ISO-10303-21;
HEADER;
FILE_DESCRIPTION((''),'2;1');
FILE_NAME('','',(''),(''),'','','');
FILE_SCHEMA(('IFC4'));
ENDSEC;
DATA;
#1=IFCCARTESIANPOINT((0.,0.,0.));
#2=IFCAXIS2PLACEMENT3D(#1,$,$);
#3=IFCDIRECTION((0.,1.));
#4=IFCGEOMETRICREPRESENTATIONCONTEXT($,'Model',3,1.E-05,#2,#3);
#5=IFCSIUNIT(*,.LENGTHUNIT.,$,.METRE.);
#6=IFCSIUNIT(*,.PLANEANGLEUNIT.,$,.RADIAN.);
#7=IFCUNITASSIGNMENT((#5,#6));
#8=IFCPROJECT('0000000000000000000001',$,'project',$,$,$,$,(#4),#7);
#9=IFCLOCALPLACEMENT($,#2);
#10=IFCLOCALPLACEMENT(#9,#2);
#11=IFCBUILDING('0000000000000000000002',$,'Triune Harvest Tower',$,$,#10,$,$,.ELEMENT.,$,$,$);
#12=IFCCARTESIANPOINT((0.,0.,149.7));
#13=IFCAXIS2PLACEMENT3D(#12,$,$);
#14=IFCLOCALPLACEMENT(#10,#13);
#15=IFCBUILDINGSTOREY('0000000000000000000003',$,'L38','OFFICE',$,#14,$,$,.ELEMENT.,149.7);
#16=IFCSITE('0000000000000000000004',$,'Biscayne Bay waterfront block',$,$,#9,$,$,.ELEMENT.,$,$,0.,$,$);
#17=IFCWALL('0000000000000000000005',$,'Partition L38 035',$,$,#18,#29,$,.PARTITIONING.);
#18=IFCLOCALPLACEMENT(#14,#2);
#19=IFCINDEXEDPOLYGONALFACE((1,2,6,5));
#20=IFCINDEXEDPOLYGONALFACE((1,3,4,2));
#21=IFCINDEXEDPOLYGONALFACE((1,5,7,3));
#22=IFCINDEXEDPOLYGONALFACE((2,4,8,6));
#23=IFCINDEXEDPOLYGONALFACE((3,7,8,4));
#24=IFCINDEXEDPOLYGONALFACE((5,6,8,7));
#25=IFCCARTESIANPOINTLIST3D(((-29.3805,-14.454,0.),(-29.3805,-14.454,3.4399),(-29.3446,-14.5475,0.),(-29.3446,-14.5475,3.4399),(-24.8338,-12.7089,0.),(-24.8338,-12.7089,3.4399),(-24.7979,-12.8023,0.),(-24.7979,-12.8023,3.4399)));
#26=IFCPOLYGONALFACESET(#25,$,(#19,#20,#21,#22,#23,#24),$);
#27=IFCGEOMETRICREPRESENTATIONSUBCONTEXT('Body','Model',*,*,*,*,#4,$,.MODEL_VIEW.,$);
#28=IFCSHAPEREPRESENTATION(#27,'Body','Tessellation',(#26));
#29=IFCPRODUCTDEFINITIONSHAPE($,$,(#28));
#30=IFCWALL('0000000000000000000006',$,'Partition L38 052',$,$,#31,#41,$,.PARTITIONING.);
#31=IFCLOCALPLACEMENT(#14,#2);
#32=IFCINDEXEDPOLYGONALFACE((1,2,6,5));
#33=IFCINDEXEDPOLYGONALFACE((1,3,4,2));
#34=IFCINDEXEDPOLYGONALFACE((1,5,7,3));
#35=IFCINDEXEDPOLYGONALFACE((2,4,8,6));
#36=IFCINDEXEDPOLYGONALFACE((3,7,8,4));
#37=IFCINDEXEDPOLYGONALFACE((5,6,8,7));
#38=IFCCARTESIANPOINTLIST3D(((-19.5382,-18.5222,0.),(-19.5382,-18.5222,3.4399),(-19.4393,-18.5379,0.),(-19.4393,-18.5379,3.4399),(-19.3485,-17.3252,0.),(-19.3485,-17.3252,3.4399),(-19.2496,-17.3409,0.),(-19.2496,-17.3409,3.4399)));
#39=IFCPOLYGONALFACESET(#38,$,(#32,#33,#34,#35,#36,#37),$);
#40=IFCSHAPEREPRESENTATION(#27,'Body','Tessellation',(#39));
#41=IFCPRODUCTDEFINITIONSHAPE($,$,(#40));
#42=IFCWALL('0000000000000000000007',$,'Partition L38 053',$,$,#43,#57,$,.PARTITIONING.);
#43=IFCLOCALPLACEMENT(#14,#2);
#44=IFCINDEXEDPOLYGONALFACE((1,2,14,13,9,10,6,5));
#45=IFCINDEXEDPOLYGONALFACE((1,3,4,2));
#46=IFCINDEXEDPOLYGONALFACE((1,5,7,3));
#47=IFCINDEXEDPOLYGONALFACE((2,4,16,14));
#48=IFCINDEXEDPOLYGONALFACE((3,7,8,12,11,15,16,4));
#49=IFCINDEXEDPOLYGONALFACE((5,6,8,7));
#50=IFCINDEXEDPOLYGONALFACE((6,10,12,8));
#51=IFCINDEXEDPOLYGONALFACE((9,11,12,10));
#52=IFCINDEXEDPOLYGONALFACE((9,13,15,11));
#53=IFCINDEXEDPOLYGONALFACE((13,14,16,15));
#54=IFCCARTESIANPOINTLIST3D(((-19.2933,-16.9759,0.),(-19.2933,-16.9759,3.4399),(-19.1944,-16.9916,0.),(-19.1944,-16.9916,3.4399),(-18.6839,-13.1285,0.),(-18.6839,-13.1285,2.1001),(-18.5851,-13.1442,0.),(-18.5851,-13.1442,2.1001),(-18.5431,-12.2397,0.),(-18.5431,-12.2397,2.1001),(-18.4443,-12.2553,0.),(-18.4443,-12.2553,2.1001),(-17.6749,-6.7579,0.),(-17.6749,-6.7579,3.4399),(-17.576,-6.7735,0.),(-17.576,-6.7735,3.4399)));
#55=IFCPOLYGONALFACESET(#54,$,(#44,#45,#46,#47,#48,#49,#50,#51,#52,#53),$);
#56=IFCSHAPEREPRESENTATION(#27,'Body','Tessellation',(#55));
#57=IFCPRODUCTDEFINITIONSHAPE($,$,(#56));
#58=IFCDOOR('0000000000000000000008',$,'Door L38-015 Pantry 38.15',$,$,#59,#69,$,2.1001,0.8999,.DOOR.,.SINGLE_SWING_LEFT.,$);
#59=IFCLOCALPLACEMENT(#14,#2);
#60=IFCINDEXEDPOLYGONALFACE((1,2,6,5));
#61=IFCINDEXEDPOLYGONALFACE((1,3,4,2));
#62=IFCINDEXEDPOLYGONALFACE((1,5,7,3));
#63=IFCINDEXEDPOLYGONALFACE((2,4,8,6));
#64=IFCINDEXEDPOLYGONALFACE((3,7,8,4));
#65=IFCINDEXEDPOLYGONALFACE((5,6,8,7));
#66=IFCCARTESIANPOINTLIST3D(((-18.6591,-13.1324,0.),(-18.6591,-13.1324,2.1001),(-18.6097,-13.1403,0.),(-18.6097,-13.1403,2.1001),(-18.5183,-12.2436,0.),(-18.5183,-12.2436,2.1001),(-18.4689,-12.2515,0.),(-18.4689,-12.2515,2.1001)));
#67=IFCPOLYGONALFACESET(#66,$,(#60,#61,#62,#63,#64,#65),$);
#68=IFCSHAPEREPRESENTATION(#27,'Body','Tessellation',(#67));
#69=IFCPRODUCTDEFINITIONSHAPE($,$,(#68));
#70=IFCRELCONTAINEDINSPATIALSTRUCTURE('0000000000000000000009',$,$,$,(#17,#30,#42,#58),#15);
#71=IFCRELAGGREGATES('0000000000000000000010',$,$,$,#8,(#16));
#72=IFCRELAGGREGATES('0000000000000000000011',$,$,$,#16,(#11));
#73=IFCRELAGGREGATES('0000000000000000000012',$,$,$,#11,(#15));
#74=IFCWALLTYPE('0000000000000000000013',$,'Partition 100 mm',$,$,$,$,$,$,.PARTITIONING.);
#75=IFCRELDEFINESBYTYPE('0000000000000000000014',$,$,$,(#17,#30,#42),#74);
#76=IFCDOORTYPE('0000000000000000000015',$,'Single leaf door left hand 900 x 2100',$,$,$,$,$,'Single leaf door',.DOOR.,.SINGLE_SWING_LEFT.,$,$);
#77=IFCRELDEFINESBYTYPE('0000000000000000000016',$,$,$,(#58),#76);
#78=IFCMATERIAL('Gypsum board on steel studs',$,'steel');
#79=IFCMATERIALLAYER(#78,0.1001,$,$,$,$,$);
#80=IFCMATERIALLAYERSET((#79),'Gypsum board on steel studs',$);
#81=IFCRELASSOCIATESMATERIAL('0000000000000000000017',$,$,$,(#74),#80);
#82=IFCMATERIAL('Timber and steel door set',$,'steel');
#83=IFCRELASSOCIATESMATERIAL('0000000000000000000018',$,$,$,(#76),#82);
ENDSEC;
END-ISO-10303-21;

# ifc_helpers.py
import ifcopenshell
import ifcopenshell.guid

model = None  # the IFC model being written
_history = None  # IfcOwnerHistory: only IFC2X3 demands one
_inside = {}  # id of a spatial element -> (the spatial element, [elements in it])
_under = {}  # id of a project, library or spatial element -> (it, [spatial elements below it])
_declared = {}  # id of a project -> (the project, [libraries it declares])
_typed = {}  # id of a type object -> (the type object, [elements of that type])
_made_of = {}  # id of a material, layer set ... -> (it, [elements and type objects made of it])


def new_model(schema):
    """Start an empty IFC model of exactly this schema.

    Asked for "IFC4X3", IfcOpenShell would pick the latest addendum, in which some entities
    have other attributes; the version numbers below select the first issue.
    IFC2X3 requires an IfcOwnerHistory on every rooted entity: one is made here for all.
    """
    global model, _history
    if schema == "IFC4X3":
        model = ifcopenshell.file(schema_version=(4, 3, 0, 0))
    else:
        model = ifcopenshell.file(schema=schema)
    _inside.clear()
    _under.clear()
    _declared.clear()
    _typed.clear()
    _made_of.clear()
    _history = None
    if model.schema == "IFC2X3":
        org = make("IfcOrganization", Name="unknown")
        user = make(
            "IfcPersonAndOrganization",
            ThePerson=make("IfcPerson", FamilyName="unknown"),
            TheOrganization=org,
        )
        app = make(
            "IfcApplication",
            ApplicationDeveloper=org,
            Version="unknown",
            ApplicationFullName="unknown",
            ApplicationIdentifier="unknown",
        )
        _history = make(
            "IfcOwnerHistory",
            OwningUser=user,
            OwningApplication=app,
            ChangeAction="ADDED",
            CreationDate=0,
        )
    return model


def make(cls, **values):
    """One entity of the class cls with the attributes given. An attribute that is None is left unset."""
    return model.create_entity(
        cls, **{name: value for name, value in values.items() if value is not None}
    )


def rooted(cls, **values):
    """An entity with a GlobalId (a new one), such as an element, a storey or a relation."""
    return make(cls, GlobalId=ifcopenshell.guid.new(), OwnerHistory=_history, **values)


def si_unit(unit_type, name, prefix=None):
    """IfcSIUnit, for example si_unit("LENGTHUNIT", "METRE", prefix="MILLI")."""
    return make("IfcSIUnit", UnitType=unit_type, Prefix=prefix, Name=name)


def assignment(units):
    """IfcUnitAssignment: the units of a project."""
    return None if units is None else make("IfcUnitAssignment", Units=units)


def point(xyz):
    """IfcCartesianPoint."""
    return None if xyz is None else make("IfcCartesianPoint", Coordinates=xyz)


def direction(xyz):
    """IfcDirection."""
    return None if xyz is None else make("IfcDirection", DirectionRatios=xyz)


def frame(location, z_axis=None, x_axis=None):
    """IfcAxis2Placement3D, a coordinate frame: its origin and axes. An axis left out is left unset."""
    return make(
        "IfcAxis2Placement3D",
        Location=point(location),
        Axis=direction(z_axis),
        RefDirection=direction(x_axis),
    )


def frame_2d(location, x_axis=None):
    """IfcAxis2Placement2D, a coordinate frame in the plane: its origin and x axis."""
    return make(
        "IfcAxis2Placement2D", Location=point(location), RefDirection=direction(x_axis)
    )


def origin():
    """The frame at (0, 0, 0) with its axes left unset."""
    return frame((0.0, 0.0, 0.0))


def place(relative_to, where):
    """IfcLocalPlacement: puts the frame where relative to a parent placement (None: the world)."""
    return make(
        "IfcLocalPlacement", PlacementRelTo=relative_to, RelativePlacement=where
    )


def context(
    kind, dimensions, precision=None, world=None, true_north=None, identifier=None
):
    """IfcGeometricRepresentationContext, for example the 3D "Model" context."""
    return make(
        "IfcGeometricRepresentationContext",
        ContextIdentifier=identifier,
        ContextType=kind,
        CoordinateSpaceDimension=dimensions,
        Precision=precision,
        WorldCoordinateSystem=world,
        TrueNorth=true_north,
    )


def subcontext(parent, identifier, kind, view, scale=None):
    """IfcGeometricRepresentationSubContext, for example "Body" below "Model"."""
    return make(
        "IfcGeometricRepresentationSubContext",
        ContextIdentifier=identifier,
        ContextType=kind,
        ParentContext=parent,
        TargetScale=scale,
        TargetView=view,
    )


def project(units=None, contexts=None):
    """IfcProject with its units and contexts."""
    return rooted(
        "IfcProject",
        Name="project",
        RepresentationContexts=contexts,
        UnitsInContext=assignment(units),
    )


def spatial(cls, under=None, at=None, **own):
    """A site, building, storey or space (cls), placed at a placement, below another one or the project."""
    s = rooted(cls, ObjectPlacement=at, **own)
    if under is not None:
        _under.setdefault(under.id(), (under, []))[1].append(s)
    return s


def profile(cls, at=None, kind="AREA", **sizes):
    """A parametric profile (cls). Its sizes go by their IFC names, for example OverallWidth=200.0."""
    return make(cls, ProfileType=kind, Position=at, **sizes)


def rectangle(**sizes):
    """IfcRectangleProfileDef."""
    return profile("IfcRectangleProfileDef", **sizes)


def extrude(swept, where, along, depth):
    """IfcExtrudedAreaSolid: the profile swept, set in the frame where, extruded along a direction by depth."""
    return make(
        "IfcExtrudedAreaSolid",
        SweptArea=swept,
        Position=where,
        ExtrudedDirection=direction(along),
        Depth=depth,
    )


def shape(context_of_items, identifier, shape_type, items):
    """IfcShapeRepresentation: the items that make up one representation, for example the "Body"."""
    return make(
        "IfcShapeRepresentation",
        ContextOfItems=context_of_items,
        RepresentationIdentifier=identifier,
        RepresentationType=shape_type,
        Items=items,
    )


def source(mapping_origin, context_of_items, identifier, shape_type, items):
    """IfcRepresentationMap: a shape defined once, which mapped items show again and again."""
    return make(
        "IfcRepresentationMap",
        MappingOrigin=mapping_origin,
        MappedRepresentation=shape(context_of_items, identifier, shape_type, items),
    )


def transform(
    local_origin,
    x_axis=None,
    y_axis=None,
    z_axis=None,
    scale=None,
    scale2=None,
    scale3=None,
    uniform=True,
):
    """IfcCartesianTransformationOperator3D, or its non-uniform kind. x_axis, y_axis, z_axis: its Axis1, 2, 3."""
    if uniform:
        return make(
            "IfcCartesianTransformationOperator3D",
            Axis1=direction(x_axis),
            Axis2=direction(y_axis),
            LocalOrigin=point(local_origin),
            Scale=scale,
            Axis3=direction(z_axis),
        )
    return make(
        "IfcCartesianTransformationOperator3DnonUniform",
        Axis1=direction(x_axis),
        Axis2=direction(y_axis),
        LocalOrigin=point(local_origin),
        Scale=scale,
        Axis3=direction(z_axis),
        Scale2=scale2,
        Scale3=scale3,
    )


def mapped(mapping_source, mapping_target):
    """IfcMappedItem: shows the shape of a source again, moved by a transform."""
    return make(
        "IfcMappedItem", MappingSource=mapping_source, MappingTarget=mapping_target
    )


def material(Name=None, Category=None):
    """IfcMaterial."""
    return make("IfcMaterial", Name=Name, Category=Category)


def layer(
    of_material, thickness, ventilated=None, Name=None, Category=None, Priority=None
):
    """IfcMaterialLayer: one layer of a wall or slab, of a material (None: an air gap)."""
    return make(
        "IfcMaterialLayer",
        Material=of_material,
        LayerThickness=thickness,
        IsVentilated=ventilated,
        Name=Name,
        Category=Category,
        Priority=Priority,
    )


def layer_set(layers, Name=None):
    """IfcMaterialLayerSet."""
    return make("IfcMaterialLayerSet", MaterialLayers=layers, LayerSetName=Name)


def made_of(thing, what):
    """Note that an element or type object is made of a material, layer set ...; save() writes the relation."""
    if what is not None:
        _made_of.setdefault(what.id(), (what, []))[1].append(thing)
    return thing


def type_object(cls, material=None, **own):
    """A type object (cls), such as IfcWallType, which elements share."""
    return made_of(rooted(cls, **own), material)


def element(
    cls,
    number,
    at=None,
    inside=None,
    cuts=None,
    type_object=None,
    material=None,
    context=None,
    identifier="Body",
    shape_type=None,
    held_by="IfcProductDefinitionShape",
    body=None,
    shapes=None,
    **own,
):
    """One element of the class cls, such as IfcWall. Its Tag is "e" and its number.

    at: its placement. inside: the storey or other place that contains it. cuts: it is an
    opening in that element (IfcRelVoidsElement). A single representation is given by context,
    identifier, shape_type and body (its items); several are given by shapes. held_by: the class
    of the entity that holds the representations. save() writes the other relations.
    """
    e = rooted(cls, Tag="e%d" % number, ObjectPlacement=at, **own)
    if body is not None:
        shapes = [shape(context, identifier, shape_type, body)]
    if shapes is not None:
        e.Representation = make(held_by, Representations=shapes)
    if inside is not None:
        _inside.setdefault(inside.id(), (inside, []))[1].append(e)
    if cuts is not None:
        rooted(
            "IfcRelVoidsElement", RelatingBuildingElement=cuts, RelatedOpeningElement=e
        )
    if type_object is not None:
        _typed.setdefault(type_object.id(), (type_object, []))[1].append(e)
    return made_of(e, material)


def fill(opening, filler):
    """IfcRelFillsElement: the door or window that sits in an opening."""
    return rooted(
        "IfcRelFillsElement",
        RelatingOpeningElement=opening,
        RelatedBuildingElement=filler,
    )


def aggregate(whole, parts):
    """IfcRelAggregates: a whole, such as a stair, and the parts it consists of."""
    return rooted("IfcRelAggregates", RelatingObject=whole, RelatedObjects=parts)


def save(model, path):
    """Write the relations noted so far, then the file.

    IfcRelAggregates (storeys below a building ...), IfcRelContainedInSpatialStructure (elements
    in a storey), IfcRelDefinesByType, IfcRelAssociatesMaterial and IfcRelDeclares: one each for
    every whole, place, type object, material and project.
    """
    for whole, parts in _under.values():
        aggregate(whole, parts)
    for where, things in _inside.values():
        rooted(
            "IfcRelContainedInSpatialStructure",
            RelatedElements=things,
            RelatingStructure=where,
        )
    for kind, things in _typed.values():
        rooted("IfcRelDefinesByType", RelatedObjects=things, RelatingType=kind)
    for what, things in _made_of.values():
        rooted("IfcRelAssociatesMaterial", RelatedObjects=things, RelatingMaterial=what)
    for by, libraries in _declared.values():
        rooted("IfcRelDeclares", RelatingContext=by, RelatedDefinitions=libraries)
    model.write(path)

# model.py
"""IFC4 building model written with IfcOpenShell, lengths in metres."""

from ifc_helpers import new_model, si_unit, direction, frame, frame_2d, origin, place, context, subcontext, project, spatial, rectangle, extrude, source, transform, mapped, material, layer, layer_set, type_object, element, fill, save


model = new_model("IFC4")

# Units and contexts
model_context = context("Model", 3, precision=1e-05, world=origin(), true_north=direction((0.0, 1.0)))
body_context = subcontext(model_context, "Body", "Model", "MODEL_VIEW")
ifc_project = project(units=[si_unit("LENGTHUNIT", "METRE"), si_unit("PLANEANGLEUNIT", "RADIAN")], contexts=[model_context])

# Site, building, storey
site_placement = place(None, origin())
site = spatial("IfcSite", under=ifc_project, at=site_placement, Name="Biscayne Bay waterfront block", CompositionType="ELEMENT", RefElevation=0.0)
building_placement = place(site_placement, origin())
building = spatial("IfcBuilding", under=site, at=building_placement, Name="Triune Harvest Tower", CompositionType="ELEMENT")
storey_placement = place(building_placement, frame((0.0, 0.0, 149.7)))
storey = spatial("IfcBuildingStorey", under=building, at=storey_placement, Name="L38", Description="OFFICE", CompositionType="ELEMENT", Elevation=149.7)

# Walls
ifc_material_1 = material(Name="Gypsum board on steel studs", Category="steel")
ifc_layer_1 = layer(ifc_material_1, 0.1001)
ifc_layer_set_1 = layer_set([ifc_layer_1], Name="Gypsum board on steel studs")
wall_type = type_object("IfcWallType", Name="Partition 100 mm", PredefinedType="PARTITIONING", material=ifc_layer_set_1)
wall_1_placement = place(storey_placement, frame((-29.3625, -14.5007, 0.0), z_axis=(0.0, 0.0, 1.0), x_axis=(0.933592, 0.358337, 0.0)))
element("IfcWall", 1, at=wall_1_placement, inside=storey, type_object=wall_type, Name="Partition L38 035", PredefinedType="PARTITIONING", context=body_context, shape_type="SweptSolid", body=[
    extrude(rectangle(XDim=4.8701, YDim=0.1001, at=frame_2d((2.4351, 0.0))), origin(), (0.0, 0.0, 1.0), 3.4399),
])
shared_shape_1 = source(origin(), body_context, "Body", "SweptSolid", [
    extrude(rectangle(XDim=1.2119, YDim=0.1001, at=frame_2d((0.606, 0.0))), origin(), (0.0, 0.0, 1.0), 3.4399),
])
wall_2_placement = place(storey_placement, frame((-19.4888, -18.53, 0.0), z_axis=(0.0, 0.0, 1.0), x_axis=(0.156521, 0.987675, 0.0)))
element("IfcWall", 2, at=wall_2_placement, inside=storey, type_object=wall_type, Name="Partition L38 052", PredefinedType="PARTITIONING", context=body_context, shape_type="MappedRepresentation", body=[
    mapped(shared_shape_1, transform((0.0, 0.0, 0.0), scale=1.0)),
])

# Wall, opening, door
shared_shape_2 = source(origin(), body_context, "Body", "SweptSolid", [
    extrude(rectangle(XDim=10.3455, YDim=0.1001, at=frame_2d((5.1729, 0.0))), origin(), (0.0, 0.0, 1.0), 3.4399),
])
wall_3_placement = place(storey_placement, frame((-19.2439, -16.9839, 0.0), z_axis=(0.0, 0.0, 1.0), x_axis=(0.156438, 0.987688, 0.0)))
wall_3 = element("IfcWall", 3, at=wall_3_placement, inside=storey, type_object=wall_type, Name="Partition L38 053", PredefinedType="PARTITIONING", context=body_context, shape_type="MappedRepresentation", body=[
    mapped(shared_shape_2, transform((0.0, 0.0, 0.0), scale=1.0)),
])
opening_placement = place(wall_3_placement, frame((3.8955, 0.0, 0.0)))
opening = element("IfcOpeningElement", 4, at=opening_placement, cuts=wall_3, PredefinedType="OPENING", context=body_context, shape_type="SweptSolid", body=[
    extrude(rectangle(XDim=0.8999, YDim=2.1001, at=frame_2d((0.45, 1.05))), frame((0.0, 0.0601, 0.0), z_axis=(0.0, -1.0, 0.0), x_axis=(1.0, 0.0, 0.0)), (0.0, 0.0, 1.0), 0.1201),
])
ifc_material_2 = material(Name="Timber and steel door set", Category="steel")
door_type = type_object("IfcDoorType", Name="Single leaf door left hand 900 x 2100", ElementType="Single leaf door", OperationType="SINGLE_SWING_LEFT", PredefinedType="DOOR", material=ifc_material_2)
door_placement = place(opening_placement, origin())
door = element("IfcDoor", 5, at=door_placement, inside=storey, type_object=door_type, Name="Door L38-015 Pantry 38.15", OperationType="SINGLE_SWING_LEFT", OverallHeight=2.1001, OverallWidth=0.8999, PredefinedType="DOOR", context=body_context, shape_type="SweptSolid", body=[
    extrude(rectangle(XDim=0.8999, YDim=2.1001, at=frame_2d((0.45, 1.05))), frame((0.0, 0.0249, 0.0), z_axis=(0.0, -1.0, 0.0), x_axis=(1.0, 0.0, 0.0)), (0.0, 0.0, 1.0), 0.05),
])
fill(opening, door)

save(model, "model.ifc")
